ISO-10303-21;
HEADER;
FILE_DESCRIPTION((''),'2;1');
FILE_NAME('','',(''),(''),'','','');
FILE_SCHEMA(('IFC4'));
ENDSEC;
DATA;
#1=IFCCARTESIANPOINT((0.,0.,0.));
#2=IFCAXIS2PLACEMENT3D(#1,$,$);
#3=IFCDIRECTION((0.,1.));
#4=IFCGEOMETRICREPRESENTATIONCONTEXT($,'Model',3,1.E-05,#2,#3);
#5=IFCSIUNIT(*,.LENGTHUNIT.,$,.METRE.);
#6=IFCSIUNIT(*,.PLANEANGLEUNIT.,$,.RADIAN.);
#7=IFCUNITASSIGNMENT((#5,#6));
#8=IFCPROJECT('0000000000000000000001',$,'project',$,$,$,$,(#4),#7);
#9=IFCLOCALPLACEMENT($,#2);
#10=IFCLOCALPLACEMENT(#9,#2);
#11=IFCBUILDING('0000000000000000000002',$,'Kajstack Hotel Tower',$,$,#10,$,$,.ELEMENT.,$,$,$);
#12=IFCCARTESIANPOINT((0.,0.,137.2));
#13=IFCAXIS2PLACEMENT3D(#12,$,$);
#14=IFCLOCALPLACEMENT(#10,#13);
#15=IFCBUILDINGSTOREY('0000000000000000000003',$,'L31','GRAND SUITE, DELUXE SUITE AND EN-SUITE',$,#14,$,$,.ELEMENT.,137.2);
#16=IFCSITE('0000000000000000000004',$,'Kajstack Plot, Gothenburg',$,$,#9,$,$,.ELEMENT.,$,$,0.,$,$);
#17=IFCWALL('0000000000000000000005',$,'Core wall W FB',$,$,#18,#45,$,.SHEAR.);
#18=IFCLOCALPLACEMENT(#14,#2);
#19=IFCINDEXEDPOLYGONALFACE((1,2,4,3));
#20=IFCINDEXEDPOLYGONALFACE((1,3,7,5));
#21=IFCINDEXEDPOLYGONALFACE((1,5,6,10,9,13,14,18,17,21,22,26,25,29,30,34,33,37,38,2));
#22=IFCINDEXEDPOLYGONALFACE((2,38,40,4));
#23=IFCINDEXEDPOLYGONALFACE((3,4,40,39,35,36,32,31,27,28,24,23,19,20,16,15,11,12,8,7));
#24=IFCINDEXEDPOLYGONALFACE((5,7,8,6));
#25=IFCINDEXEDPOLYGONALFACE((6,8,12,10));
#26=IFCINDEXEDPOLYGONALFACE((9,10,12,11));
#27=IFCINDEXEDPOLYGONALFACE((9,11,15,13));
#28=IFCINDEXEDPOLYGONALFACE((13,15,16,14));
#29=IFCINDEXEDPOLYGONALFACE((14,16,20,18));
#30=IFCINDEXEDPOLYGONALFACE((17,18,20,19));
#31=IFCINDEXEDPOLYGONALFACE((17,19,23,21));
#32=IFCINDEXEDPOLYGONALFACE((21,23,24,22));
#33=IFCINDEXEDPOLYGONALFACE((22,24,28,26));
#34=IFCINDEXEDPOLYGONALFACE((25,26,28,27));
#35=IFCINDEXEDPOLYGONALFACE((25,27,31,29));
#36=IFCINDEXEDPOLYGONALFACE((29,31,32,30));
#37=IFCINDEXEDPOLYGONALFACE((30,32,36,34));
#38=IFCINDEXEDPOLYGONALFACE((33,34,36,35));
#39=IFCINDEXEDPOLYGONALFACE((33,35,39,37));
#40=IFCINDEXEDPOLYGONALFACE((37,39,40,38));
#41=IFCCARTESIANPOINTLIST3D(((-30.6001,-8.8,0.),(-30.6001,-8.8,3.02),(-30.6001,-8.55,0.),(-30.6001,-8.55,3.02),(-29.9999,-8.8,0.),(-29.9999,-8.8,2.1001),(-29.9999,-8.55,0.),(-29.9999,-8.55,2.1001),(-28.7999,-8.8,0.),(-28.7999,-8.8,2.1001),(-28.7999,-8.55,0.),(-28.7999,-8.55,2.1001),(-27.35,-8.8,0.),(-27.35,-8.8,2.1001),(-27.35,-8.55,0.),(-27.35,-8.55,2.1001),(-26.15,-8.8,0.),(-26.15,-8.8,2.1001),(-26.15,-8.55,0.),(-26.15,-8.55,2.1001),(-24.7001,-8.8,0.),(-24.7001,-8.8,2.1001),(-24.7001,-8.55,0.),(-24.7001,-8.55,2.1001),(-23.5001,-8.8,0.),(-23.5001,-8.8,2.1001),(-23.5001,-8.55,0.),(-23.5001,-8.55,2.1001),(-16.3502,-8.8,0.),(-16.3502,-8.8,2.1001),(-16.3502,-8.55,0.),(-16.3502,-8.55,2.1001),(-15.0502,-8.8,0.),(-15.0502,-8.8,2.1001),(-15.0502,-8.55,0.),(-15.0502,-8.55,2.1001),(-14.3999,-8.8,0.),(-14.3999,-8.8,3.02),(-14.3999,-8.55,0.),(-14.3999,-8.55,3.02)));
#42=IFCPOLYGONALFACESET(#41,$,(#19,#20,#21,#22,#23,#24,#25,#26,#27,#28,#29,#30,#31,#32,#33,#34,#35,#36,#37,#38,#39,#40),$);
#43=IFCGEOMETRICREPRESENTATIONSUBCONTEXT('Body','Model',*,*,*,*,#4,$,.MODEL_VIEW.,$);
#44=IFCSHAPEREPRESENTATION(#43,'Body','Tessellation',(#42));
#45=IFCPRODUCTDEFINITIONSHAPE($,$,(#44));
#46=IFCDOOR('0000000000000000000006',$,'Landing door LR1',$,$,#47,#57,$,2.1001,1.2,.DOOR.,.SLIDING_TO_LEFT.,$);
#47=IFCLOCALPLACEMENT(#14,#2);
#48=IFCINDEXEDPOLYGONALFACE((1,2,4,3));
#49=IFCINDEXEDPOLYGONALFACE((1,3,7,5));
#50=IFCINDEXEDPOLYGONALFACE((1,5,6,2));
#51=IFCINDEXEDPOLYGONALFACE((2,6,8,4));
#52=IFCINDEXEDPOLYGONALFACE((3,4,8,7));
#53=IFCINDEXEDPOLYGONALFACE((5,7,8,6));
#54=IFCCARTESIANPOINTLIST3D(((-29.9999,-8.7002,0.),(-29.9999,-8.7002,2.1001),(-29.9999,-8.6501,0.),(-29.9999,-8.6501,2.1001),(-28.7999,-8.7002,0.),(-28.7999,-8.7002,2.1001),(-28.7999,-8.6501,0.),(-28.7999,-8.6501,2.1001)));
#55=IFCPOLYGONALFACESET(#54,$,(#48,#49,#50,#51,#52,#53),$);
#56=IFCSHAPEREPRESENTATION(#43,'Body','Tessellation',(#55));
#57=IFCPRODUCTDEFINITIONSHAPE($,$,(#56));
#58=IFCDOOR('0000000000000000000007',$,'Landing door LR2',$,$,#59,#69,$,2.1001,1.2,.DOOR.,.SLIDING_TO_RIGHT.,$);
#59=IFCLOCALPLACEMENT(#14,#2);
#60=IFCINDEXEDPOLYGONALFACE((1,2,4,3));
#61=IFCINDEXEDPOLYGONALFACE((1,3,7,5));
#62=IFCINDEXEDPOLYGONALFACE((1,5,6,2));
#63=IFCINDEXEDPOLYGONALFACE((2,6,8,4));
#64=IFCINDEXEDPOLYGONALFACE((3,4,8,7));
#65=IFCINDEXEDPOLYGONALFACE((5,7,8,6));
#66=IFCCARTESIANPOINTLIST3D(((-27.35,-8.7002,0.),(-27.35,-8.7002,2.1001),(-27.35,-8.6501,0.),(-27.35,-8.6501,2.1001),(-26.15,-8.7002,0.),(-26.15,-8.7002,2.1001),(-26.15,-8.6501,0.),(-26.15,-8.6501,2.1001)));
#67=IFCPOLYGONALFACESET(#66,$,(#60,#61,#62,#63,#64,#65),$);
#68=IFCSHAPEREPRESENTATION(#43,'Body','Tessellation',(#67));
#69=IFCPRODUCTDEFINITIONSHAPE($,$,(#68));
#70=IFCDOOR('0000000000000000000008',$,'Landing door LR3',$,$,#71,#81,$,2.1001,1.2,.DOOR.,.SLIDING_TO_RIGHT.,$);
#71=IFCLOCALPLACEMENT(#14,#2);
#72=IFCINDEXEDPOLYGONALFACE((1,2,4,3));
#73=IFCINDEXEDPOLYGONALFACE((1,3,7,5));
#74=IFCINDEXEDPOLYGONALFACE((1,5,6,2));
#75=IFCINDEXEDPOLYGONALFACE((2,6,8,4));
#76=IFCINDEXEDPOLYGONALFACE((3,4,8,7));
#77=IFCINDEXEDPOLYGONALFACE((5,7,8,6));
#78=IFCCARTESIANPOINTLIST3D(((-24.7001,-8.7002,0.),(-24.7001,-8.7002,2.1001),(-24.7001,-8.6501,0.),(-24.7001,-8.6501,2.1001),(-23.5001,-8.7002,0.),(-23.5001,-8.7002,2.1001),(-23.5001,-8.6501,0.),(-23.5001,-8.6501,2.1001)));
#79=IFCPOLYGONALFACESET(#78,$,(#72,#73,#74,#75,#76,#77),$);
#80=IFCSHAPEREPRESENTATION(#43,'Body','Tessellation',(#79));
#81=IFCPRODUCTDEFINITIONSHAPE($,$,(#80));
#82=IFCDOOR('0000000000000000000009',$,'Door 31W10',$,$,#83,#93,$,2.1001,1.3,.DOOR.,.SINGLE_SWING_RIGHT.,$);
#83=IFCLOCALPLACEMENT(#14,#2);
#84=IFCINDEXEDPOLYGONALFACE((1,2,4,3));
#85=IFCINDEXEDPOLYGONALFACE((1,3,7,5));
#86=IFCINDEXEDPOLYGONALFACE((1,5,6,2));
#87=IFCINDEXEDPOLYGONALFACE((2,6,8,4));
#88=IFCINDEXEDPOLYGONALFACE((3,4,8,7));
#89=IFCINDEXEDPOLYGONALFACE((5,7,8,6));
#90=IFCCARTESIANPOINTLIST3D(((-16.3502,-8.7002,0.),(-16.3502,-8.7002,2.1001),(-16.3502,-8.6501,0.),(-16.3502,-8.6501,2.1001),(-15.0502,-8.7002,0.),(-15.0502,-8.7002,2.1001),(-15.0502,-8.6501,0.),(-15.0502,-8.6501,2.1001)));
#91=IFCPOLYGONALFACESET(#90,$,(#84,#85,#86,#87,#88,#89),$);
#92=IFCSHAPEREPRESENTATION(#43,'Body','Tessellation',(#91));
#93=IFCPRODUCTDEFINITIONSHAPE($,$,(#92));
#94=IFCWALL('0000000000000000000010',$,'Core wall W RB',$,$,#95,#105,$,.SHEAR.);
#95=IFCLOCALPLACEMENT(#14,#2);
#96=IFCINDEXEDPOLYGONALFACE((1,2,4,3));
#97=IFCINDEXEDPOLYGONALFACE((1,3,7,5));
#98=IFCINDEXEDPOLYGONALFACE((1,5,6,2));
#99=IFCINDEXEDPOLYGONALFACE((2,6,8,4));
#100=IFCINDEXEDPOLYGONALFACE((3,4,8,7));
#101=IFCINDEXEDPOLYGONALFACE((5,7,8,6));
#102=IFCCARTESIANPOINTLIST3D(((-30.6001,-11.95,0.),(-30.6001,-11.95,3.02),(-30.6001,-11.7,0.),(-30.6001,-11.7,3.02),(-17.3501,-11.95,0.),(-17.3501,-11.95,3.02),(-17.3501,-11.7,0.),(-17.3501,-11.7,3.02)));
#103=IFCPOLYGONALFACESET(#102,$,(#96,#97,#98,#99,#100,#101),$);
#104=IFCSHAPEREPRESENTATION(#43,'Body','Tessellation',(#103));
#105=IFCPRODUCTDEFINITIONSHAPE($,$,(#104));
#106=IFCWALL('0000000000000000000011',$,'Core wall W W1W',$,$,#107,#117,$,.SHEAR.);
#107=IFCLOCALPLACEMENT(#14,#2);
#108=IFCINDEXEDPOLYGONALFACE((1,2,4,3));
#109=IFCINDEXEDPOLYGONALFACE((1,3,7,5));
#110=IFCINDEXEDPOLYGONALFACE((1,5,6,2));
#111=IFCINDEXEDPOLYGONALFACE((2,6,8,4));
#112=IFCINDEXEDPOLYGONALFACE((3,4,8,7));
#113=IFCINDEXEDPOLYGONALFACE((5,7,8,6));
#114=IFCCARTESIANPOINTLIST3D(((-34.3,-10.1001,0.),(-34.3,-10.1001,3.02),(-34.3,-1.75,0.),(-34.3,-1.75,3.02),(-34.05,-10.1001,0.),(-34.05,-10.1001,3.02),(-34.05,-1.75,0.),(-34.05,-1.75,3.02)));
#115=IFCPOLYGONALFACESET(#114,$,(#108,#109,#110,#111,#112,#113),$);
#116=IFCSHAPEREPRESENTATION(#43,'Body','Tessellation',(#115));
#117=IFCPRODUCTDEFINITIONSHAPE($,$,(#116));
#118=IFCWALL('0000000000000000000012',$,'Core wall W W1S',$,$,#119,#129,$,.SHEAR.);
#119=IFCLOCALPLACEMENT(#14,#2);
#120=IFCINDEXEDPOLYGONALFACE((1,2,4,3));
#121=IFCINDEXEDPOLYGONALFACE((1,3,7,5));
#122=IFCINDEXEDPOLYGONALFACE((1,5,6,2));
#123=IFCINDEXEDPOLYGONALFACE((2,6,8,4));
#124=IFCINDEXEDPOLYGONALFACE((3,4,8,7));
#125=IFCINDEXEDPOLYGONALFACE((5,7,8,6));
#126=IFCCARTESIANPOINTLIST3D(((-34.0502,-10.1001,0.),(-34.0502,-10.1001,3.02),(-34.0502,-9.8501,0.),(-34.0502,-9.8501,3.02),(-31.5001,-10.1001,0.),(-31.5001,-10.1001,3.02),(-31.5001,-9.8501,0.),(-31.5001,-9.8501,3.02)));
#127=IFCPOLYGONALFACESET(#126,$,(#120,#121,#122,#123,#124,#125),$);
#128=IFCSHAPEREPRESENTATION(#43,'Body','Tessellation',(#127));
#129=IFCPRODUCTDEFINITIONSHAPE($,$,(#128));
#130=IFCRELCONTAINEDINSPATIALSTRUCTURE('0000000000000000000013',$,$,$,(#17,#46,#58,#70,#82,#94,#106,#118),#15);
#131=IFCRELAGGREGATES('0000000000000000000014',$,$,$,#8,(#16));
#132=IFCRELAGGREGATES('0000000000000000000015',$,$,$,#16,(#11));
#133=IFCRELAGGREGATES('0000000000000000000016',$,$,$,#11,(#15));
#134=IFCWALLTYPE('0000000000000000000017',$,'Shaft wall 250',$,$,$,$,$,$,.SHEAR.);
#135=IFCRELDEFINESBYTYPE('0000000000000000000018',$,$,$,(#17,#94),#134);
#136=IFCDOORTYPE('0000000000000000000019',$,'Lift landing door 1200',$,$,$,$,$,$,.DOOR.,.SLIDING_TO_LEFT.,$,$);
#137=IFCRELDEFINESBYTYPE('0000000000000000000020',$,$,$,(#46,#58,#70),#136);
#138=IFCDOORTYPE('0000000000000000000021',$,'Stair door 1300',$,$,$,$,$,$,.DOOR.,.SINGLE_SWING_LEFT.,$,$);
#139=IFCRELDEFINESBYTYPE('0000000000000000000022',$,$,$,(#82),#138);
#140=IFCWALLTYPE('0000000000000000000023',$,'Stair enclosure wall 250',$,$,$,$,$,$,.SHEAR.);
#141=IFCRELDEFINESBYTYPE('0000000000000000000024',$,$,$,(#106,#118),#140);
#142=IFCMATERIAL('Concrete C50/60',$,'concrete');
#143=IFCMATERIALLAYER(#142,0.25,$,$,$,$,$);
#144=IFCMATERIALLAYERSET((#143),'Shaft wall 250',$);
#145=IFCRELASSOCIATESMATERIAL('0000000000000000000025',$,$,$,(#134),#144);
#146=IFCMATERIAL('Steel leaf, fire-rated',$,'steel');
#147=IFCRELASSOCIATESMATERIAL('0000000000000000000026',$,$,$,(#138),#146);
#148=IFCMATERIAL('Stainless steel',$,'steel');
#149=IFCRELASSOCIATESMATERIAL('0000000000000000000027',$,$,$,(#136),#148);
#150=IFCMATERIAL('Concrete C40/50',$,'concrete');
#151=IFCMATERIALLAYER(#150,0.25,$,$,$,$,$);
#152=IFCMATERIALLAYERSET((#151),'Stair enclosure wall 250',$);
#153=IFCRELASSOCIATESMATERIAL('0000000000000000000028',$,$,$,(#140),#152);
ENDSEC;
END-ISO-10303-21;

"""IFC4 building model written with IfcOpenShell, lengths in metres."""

from ifc_helpers import new_model, si_unit, direction, frame, frame_2d, origin, place, context, subcontext, project, spatial, rectangle, extrude, material, layer, layer_set, type_object, element, fill, save


model = new_model("IFC4")

# Units and contexts
model_context = context("Model", 3, precision=1e-05, world=origin(), true_north=direction((0.0, 1.0)))
body_context = subcontext(model_context, "Body", "Model", "MODEL_VIEW")
ifc_project = project(units=[si_unit("LENGTHUNIT", "METRE"), si_unit("PLANEANGLEUNIT", "RADIAN")], contexts=[model_context])

# Site, building, storey
site_placement = place(None, origin())
site = spatial("IfcSite", under=ifc_project, at=site_placement, Name="Kajstack Plot, Gothenburg", CompositionType="ELEMENT", RefElevation=0.0)
building_placement = place(site_placement, origin())
building = spatial("IfcBuilding", under=site, at=building_placement, Name="Kajstack Hotel Tower", CompositionType="ELEMENT")
storey_placement = place(building_placement, frame((0.0, 0.0, 137.2)))
storey = spatial("IfcBuildingStorey", under=building, at=storey_placement, Name="L31", Description="GRAND SUITE, DELUXE SUITE AND EN-SUITE", CompositionType="ELEMENT", Elevation=137.2)

# Shared definitions
ifc_material_1 = material(Name="Stainless steel", Category="steel")

# Shared definitions
ifc_material_2 = material(Name="Concrete C40/50", Category="concrete")

# Wall, openings, doors
ifc_material_3 = material(Name="Concrete C50/60", Category="concrete")
ifc_layer_1 = layer(ifc_material_3, 0.25)
ifc_layer_set_1 = layer_set([ifc_layer_1], Name="Shaft wall 250")
wall_type_1 = type_object("IfcWallType", Name="Shaft wall 250", PredefinedType="SHEAR", material=ifc_layer_set_1)
ifc_material_4 = material(Name="Steel leaf, fire-rated", Category="steel")
door_type_1 = type_object("IfcDoorType", Name="Stair door 1300", OperationType="SINGLE_SWING_LEFT", PredefinedType="DOOR", material=ifc_material_4)
wall_1_placement = place(storey_placement, frame((-30.6001, -8.675, 0.0), z_axis=(0.0, 0.0, 1.0), x_axis=(1.0, 0.0, 0.0)))
wall_1 = element("IfcWall", 1, at=wall_1_placement, inside=storey, type_object=wall_type_1, Name="Core wall W FB", PredefinedType="SHEAR", context=body_context, shape_type="SweptSolid", body=[
    extrude(rectangle(XDim=16.2002, YDim=0.25, at=frame_2d((8.1001, 0.0))), origin(), (0.0, 0.0, 1.0), 3.02),
])
opening_1_placement = place(wall_1_placement, frame((0.6001, 0.0, 0.0)))
opening_1 = element("IfcOpeningElement", 2, at=opening_1_placement, cuts=wall_1, PredefinedType="OPENING", context=body_context, shape_type="SweptSolid", body=[
    extrude(rectangle(XDim=1.2, YDim=2.1001, at=frame_2d((0.6001, 1.05))), frame((0.0, 0.135, 0.0), z_axis=(0.0, -1.0, 0.0), x_axis=(1.0, 0.0, 0.0)), (0.0, 0.0, 1.0), 0.27),
])
opening_2_placement = place(wall_1_placement, frame((3.25, 0.0, 0.0)))
opening_2 = element("IfcOpeningElement", 3, at=opening_2_placement, cuts=wall_1, PredefinedType="OPENING", context=body_context, shape_type="SweptSolid", body=[
    extrude(rectangle(XDim=1.2, YDim=2.1001, at=frame_2d((0.6001, 1.05))), frame((0.0, 0.135, 0.0), z_axis=(0.0, -1.0, 0.0), x_axis=(1.0, 0.0, 0.0)), (0.0, 0.0, 1.0), 0.27),
])
opening_3_placement = place(wall_1_placement, frame((5.8999, 0.0, 0.0)))
opening_3 = element("IfcOpeningElement", 4, at=opening_3_placement, cuts=wall_1, PredefinedType="OPENING", context=body_context, shape_type="SweptSolid", body=[
    extrude(rectangle(XDim=1.2, YDim=2.1001, at=frame_2d((0.6001, 1.05))), frame((0.0, 0.135, 0.0), z_axis=(0.0, -1.0, 0.0), x_axis=(1.0, 0.0, 0.0)), (0.0, 0.0, 1.0), 0.27),
])
opening_4_placement = place(wall_1_placement, frame((14.25, 0.0, 0.0)))
opening_4 = element("IfcOpeningElement", 5, at=opening_4_placement, cuts=wall_1, PredefinedType="OPENING", context=body_context, shape_type="SweptSolid", body=[
    extrude(rectangle(XDim=1.3, YDim=2.1001, at=frame_2d((0.6499, 1.05))), frame((0.0, 0.135, 0.0), z_axis=(0.0, -1.0, 0.0), x_axis=(1.0, 0.0, 0.0)), (0.0, 0.0, 1.0), 0.27),
])
door_type_2 = type_object("IfcDoorType", Name="Lift landing door 1200", OperationType="SLIDING_TO_LEFT", PredefinedType="DOOR", material=ifc_material_1)
door_1_placement = place(opening_1_placement, origin())
door_1 = element("IfcDoor", 6, at=door_1_placement, inside=storey, type_object=door_type_2, Name="Landing door LR1", OperationType="SLIDING_TO_LEFT", OverallHeight=2.1001, OverallWidth=1.2, PredefinedType="DOOR", context=body_context, shape_type="SweptSolid", body=[
    extrude(rectangle(XDim=1.2, YDim=2.1001, at=frame_2d((0.6001, 1.05))), frame((0.0, 0.0249, 0.0), z_axis=(0.0, -1.0, 0.0), x_axis=(1.0, 0.0, 0.0)), (0.0, 0.0, 1.0), 0.05),
])
fill(opening_1, door_1)
door_2_placement = place(opening_2_placement, origin())
door_2 = element("IfcDoor", 7, at=door_2_placement, inside=storey, type_object=door_type_2, Name="Landing door LR2", OperationType="SLIDING_TO_RIGHT", OverallHeight=2.1001, OverallWidth=1.2, PredefinedType="DOOR", context=body_context, shape_type="SweptSolid", body=[
    extrude(rectangle(XDim=1.2, YDim=2.1001, at=frame_2d((0.6001, 1.05))), frame((0.0, 0.0249, 0.0), z_axis=(0.0, -1.0, 0.0), x_axis=(1.0, 0.0, 0.0)), (0.0, 0.0, 1.0), 0.05),
])
fill(opening_2, door_2)
door_3_placement = place(opening_3_placement, origin())
door_3 = element("IfcDoor", 8, at=door_3_placement, inside=storey, type_object=door_type_2, Name="Landing door LR3", OperationType="SLIDING_TO_RIGHT", OverallHeight=2.1001, OverallWidth=1.2, PredefinedType="DOOR", context=body_context, shape_type="SweptSolid", body=[
    extrude(rectangle(XDim=1.2, YDim=2.1001, at=frame_2d((0.6001, 1.05))), frame((0.0, 0.0249, 0.0), z_axis=(0.0, -1.0, 0.0), x_axis=(1.0, 0.0, 0.0)), (0.0, 0.0, 1.0), 0.05),
])
fill(opening_3, door_3)
door_4_placement = place(opening_4_placement, origin())
door_4 = element("IfcDoor", 9, at=door_4_placement, inside=storey, type_object=door_type_1, Name="Door 31W10", OperationType="SINGLE_SWING_RIGHT", OverallHeight=2.1001, OverallWidth=1.3, PredefinedType="DOOR", context=body_context, shape_type="SweptSolid", body=[
    extrude(rectangle(XDim=1.3, YDim=2.1001, at=frame_2d((0.6499, 1.05))), frame((0.0, 0.0249, 0.0), z_axis=(0.0, -1.0, 0.0), x_axis=(1.0, 0.0, 0.0)), (0.0, 0.0, 1.0), 0.05),
])
fill(opening_4, door_4)

# Walls
wall_2_placement = place(storey_placement, frame((-30.6001, -11.825, 0.0), z_axis=(0.0, 0.0, 1.0), x_axis=(1.0, 0.0, 0.0)))
element("IfcWall", 10, at=wall_2_placement, inside=storey, type_object=wall_type_1, Name="Core wall W RB", PredefinedType="SHEAR", context=body_context, shape_type="SweptSolid", body=[
    extrude(rectangle(XDim=13.25, YDim=0.25, at=frame_2d((6.625, 0.0))), origin(), (0.0, 0.0, 1.0), 3.02),
])
ifc_layer_2 = layer(ifc_material_2, 0.25)
ifc_layer_set_2 = layer_set([ifc_layer_2], Name="Stair enclosure wall 250")
wall_type_2 = type_object("IfcWallType", Name="Stair enclosure wall 250", PredefinedType="SHEAR", material=ifc_layer_set_2)
wall_3_placement = place(storey_placement, frame((-34.175, -10.1001, 0.0), z_axis=(0.0, 0.0, 1.0), x_axis=(0.0, 1.0, 0.0)))
element("IfcWall", 11, at=wall_3_placement, inside=storey, type_object=wall_type_2, Name="Core wall W W1W", PredefinedType="SHEAR", context=body_context, shape_type="SweptSolid", body=[
    extrude(rectangle(XDim=8.3501, YDim=0.25, at=frame_2d((4.175, 0.0))), origin(), (0.0, 0.0, 1.0), 3.02),
])
wall_4_placement = place(storey_placement, frame((-34.05, -9.9751, 0.0), z_axis=(0.0, 0.0, 1.0), x_axis=(1.0, 0.0, 0.0)))
element("IfcWall", 12, at=wall_4_placement, inside=storey, type_object=wall_type_2, Name="Core wall W W1S", PredefinedType="SHEAR", context=body_context, shape_type="SweptSolid", body=[
    extrude(rectangle(XDim=2.55, YDim=0.25, at=frame_2d((1.2749, 0.0))), origin(), (0.0, 0.0, 1.0), 3.02),
])

save(model, "model.ifc")
